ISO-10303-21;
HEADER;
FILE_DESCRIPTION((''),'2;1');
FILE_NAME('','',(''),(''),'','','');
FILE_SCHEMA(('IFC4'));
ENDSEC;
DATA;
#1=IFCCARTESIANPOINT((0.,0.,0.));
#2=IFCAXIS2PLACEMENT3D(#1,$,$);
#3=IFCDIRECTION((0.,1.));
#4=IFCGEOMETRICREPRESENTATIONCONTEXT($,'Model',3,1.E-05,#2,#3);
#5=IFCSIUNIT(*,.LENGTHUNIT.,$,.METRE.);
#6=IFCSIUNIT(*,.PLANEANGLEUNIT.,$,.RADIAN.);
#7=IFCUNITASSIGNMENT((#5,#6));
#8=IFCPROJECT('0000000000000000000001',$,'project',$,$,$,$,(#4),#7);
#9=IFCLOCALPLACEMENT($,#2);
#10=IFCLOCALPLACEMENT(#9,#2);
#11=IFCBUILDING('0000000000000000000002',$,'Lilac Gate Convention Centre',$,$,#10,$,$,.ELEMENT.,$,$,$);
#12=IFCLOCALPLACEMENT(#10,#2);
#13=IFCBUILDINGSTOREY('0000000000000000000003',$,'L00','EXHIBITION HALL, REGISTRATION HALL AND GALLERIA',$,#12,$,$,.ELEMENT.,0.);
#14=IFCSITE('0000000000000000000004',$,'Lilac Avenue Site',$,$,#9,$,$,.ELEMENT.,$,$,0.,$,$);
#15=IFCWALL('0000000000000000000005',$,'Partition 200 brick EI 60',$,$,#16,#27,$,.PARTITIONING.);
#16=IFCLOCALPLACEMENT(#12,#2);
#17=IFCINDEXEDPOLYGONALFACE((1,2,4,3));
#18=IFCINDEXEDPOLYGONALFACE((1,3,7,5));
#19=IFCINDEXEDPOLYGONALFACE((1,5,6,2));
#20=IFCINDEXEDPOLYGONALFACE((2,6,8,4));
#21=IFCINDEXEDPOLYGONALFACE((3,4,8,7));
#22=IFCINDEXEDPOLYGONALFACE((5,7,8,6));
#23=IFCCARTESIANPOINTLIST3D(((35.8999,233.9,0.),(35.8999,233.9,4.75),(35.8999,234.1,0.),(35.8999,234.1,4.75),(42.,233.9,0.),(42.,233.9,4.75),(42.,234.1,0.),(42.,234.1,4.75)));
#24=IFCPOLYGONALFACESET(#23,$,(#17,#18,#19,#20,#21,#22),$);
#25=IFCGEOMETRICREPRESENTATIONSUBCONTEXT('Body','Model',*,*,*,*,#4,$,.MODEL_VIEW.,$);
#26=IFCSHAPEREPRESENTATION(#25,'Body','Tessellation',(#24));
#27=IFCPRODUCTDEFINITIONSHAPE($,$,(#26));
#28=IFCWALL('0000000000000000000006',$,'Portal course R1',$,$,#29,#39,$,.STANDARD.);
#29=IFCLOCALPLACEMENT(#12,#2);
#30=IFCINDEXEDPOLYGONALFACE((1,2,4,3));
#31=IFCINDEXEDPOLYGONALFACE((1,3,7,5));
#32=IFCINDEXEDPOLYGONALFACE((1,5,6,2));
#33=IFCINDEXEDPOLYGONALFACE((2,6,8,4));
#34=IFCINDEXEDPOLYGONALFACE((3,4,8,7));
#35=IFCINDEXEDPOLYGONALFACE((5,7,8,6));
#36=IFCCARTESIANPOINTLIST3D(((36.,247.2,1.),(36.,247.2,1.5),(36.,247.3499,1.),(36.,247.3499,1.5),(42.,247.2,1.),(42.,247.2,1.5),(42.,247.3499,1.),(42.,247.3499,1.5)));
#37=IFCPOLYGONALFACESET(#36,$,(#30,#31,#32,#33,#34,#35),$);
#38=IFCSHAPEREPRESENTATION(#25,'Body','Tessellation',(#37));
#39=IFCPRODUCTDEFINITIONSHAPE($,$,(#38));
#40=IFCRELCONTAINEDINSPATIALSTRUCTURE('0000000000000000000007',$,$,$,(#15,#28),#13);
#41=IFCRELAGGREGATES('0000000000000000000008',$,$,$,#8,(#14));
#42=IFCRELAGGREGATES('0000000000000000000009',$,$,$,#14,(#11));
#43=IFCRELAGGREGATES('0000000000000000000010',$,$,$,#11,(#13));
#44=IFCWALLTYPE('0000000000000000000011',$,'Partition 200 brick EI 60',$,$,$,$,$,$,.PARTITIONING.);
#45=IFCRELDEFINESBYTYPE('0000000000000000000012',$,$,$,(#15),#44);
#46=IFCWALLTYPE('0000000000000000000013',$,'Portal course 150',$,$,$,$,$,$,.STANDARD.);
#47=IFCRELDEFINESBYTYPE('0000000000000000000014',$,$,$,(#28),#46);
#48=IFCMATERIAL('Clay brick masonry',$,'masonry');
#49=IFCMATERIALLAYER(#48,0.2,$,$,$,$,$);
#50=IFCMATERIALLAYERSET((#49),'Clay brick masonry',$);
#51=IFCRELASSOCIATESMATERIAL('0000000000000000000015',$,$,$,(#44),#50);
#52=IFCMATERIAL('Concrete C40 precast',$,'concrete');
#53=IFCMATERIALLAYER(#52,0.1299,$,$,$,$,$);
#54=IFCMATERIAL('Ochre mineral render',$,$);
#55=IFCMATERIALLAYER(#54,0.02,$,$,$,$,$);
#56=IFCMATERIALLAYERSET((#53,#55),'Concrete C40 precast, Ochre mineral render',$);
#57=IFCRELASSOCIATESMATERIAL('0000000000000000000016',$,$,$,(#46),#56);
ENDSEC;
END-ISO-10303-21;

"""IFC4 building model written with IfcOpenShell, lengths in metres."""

from ifc_helpers import new_model, si_unit, direction, frame, frame_2d, origin, place, context, subcontext, project, spatial, rectangle, extrude, material, layer, layer_set, type_object, element, save


model = new_model("IFC4")

# Units and contexts
model_context = context("Model", 3, precision=1e-05, world=origin(), true_north=direction((0.0, 1.0)))
body_context = subcontext(model_context, "Body", "Model", "MODEL_VIEW")
ifc_project = project(units=[si_unit("LENGTHUNIT", "METRE"), si_unit("PLANEANGLEUNIT", "RADIAN")], contexts=[model_context])

# Site, building, storey
site_placement = place(None, origin())
site = spatial("IfcSite", under=ifc_project, at=site_placement, Name="Lilac Avenue Site", CompositionType="ELEMENT", RefElevation=0.0)
building_placement = place(site_placement, origin())
building = spatial("IfcBuilding", under=site, at=building_placement, Name="Lilac Gate Convention Centre", CompositionType="ELEMENT")
storey_placement = place(building_placement, origin())
storey = spatial("IfcBuildingStorey", under=building, at=storey_placement, Name="L00", Description="EXHIBITION HALL, REGISTRATION HALL AND GALLERIA", CompositionType="ELEMENT", Elevation=0.0)

# Shared definitions
ifc_material_1 = material(Name="Clay brick masonry", Category="masonry")

# Walls
ifc_layer_1 = layer(ifc_material_1, 0.2)
ifc_layer_set_1 = layer_set([ifc_layer_1], Name="Clay brick masonry")
wall_type_1 = type_object("IfcWallType", Name="Partition 200 brick EI 60", PredefinedType="PARTITIONING", material=ifc_layer_set_1)
wall_1_placement = place(storey_placement, frame((35.8999, 234.0, 0.0), z_axis=(0.0, 0.0, 1.0), x_axis=(1.0, 0.0, 0.0)))
element("IfcWall", 1, at=wall_1_placement, inside=storey, type_object=wall_type_1, Name="Partition 200 brick EI 60", PredefinedType="PARTITIONING", context=body_context, shape_type="SweptSolid", body=[
    extrude(rectangle(XDim=6.1001, YDim=0.2, at=frame_2d((3.05, 0.0))), origin(), (0.0, 0.0, 1.0), 4.75),
])
ifc_material_2 = material(Name="Concrete C40 precast", Category="concrete")
ifc_layer_2 = layer(ifc_material_2, 0.1299)
ifc_material_3 = material(Name="Ochre mineral render")
ifc_layer_3 = layer(ifc_material_3, 0.02)
ifc_layer_set_2 = layer_set([ifc_layer_2, ifc_layer_3], Name="Concrete C40 precast, Ochre mineral render")
wall_type_2 = type_object("IfcWallType", Name="Portal course 150", PredefinedType="STANDARD", material=ifc_layer_set_2)
wall_2_placement = place(storey_placement, frame((36.0, 247.2749, 1.0), z_axis=(0.0, 0.0, 1.0), x_axis=(1.0, 0.0, 0.0)))
element("IfcWall", 2, at=wall_2_placement, inside=storey, type_object=wall_type_2, Name="Portal course R1", PredefinedType="STANDARD", context=body_context, shape_type="SweptSolid", body=[
    extrude(rectangle(XDim=6.0, YDim=0.1499, at=frame_2d((3.0, 0.0))), origin(), (0.0, 0.0, 1.0), 0.5),
])

save(model, "model.ifc")
